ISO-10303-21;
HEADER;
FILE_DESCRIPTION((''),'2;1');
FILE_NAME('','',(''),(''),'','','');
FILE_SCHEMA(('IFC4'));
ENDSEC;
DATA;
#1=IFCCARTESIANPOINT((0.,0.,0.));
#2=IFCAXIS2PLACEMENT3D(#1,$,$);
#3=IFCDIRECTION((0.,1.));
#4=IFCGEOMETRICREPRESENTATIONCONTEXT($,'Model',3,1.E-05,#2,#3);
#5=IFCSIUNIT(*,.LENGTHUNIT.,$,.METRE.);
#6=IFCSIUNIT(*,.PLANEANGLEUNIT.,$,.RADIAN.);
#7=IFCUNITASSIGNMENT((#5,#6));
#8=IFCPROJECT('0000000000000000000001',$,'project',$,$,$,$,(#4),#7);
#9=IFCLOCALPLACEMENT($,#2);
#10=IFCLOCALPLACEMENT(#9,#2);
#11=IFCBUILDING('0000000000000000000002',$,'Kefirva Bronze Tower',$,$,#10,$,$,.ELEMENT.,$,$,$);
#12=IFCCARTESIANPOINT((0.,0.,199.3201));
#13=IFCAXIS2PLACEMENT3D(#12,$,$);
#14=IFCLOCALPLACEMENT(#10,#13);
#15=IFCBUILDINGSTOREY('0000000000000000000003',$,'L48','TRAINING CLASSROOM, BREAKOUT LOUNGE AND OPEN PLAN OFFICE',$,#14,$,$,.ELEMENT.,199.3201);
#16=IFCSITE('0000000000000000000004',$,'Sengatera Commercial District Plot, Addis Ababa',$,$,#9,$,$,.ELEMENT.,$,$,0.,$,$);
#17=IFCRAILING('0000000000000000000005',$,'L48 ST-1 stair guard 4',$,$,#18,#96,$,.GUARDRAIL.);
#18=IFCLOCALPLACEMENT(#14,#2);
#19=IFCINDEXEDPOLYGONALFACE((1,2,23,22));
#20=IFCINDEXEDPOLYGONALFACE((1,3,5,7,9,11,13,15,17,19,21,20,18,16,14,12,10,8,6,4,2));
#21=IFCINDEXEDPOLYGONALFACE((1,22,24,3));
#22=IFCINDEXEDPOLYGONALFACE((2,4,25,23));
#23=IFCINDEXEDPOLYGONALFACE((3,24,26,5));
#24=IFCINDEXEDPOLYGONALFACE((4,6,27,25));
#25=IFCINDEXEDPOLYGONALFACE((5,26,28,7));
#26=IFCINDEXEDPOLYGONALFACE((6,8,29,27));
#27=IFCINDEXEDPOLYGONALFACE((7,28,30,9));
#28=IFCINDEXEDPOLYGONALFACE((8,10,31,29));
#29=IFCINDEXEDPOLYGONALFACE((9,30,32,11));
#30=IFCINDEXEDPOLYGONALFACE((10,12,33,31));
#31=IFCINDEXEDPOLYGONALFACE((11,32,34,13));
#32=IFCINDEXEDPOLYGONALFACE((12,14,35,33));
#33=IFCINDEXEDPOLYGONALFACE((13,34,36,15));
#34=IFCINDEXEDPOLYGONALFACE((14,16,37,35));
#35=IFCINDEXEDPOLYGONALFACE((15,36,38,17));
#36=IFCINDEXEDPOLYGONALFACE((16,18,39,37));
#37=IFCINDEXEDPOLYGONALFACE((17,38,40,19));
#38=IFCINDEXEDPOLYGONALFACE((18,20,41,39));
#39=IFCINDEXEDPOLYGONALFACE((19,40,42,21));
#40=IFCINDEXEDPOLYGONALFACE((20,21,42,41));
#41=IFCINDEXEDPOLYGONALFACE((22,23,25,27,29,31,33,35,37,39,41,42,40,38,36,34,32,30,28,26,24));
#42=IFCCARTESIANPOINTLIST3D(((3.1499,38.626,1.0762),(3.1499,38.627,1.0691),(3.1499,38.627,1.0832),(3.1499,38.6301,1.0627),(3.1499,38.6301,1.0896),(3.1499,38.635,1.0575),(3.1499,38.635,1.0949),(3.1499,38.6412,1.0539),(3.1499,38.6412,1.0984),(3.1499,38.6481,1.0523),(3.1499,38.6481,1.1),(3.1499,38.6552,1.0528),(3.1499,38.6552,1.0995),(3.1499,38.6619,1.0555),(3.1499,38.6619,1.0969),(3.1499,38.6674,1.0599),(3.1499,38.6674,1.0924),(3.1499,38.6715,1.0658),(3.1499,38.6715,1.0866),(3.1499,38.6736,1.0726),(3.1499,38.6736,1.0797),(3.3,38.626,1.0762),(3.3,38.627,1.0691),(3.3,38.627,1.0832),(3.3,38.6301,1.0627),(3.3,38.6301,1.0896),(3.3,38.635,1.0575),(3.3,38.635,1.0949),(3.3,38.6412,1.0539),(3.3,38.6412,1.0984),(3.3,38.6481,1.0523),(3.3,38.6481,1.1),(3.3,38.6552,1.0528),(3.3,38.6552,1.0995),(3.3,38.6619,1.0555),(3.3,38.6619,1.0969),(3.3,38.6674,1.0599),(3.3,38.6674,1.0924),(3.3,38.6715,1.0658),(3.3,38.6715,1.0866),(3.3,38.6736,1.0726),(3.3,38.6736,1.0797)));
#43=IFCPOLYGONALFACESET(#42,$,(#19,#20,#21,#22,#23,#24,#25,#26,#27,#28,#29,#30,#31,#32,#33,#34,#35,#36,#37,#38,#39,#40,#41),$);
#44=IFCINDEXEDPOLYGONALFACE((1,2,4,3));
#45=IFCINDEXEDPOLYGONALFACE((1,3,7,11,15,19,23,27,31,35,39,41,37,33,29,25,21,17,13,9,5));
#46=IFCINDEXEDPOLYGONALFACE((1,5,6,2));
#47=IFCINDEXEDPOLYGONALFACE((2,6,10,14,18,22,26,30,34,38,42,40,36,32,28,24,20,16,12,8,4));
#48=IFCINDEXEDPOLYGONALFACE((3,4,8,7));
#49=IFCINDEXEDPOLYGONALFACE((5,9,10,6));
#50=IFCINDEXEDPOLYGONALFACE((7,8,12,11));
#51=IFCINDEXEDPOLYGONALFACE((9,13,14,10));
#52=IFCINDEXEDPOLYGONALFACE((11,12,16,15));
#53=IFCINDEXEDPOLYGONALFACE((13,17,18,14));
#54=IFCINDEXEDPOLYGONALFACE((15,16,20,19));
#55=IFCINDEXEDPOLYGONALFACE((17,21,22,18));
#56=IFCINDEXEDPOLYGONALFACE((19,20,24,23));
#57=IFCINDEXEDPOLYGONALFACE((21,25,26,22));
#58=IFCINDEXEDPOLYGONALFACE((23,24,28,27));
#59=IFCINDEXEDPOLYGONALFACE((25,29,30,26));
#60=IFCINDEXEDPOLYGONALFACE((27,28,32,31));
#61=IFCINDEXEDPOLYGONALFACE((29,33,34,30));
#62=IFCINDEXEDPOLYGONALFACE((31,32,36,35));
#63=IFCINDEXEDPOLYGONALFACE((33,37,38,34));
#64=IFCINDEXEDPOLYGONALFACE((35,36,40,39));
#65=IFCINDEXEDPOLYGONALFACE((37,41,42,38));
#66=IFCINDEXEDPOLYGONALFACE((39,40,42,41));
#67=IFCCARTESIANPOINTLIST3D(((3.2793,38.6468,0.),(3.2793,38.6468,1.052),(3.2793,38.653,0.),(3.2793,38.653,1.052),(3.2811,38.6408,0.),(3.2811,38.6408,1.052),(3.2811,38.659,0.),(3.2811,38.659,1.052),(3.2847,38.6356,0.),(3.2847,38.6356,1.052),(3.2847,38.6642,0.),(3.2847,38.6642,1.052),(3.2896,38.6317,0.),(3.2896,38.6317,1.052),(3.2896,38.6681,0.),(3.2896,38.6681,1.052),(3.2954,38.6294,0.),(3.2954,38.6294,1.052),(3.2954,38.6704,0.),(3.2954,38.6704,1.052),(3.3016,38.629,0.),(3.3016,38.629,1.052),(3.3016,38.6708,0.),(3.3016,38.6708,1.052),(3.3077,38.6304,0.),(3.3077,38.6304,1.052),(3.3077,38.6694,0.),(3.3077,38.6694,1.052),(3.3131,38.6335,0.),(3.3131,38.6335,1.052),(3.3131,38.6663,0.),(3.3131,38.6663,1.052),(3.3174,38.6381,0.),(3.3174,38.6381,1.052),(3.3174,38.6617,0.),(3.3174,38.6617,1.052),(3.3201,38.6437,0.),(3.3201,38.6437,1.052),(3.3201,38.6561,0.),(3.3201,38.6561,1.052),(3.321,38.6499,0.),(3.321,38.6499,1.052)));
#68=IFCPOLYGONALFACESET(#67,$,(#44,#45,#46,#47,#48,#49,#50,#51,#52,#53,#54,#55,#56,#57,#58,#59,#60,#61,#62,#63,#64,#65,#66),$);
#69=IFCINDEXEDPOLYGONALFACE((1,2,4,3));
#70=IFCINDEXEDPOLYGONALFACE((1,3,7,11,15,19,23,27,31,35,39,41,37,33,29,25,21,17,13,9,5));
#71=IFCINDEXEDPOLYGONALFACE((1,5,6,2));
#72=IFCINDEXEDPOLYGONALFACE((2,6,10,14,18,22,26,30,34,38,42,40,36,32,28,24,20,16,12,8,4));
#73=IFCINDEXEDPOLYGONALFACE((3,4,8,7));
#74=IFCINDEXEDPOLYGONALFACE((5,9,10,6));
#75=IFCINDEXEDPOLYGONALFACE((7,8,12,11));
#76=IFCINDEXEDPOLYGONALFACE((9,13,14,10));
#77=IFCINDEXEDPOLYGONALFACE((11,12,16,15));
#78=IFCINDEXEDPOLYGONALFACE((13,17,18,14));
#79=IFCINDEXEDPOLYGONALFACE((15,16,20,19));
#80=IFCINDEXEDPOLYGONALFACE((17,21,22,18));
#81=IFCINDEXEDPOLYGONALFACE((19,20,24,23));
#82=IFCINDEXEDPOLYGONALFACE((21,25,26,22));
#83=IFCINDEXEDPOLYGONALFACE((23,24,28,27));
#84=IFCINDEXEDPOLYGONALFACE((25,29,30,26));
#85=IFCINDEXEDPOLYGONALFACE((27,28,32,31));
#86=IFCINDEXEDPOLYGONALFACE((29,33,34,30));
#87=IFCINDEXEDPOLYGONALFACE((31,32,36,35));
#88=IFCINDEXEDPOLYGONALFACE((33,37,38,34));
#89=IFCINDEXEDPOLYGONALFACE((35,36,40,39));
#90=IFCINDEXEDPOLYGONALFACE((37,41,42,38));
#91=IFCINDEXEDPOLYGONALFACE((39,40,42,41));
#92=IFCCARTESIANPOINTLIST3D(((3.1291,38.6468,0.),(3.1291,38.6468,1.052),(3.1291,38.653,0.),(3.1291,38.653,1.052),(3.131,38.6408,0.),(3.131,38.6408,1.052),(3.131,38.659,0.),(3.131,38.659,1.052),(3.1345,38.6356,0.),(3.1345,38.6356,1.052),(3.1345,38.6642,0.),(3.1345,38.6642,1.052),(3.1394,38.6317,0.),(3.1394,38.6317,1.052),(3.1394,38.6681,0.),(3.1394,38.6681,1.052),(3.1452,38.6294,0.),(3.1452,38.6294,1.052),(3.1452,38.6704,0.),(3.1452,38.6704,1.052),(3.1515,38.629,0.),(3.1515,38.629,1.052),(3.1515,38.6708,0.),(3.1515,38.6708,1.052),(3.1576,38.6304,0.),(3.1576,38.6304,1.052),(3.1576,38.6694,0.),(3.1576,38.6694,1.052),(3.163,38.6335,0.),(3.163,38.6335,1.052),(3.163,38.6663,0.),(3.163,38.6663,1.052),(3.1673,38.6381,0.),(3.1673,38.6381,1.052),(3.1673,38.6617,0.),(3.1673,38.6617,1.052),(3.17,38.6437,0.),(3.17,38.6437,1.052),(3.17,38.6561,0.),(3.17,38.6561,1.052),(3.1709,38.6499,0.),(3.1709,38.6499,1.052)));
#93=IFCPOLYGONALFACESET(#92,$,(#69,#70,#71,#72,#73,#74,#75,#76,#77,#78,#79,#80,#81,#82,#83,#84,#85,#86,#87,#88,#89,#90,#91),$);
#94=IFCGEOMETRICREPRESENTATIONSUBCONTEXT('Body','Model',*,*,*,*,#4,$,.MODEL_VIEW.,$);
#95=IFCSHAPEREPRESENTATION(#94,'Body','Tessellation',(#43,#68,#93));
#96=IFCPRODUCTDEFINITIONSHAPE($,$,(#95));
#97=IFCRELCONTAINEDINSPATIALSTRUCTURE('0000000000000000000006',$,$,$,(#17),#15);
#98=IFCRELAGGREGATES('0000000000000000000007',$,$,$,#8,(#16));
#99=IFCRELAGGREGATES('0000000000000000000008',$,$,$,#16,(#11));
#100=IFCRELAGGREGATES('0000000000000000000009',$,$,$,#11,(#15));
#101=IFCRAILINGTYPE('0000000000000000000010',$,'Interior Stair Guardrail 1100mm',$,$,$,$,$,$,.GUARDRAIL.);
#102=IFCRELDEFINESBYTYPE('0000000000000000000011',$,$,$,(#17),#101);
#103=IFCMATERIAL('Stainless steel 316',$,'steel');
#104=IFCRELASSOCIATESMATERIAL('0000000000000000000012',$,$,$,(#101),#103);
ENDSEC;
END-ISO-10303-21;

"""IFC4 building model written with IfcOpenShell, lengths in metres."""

from ifc_helpers import new_model, si_unit, direction, frame, origin, origin_2d, place, context, subcontext, project, spatial, circle, extrude, material, type_object, element, save


model = new_model("IFC4")

# Units and contexts
model_context = context("Model", 3, precision=1e-05, world=origin(), true_north=direction((0.0, 1.0)))
body_context = subcontext(model_context, "Body", "Model", "MODEL_VIEW")
ifc_project = project(units=[si_unit("LENGTHUNIT", "METRE"), si_unit("PLANEANGLEUNIT", "RADIAN")], contexts=[model_context])

# Site, building, storey
site_placement = place(None, origin())
site = spatial("IfcSite", under=ifc_project, at=site_placement, Name="Sengatera Commercial District Plot, Addis Ababa", CompositionType="ELEMENT", RefElevation=0.0)
building_placement = place(site_placement, origin())
building = spatial("IfcBuilding", under=site, at=building_placement, Name="Kefirva Bronze Tower", CompositionType="ELEMENT")
storey_placement = place(building_placement, frame((0.0, 0.0, 199.3201)))
storey = spatial("IfcBuildingStorey", under=building, at=storey_placement, Name="L48", Description="TRAINING CLASSROOM, BREAKOUT LOUNGE AND OPEN PLAN OFFICE", CompositionType="ELEMENT", Elevation=199.3201)

# Railing
ifc_material_1 = material(Name="Stainless steel 316", Category="steel")
railing_type_1 = type_object("IfcRailingType", Name="Interior Stair Guardrail 1100mm", PredefinedType="GUARDRAIL", material=ifc_material_1)
railing_1_placement = place(storey_placement, frame((3.3, 38.6499, 0.0)))
element("IfcRailing", 1, at=railing_1_placement, inside=storey, type_object=railing_type_1, Name="L48 ST-1 stair guard 4", PredefinedType="GUARDRAIL", context=body_context, shape_type="SweptSolid", body=[
    extrude(circle(Radius=0.0239, at=origin_2d()), frame((0.0, 0.0, 1.0762), z_axis=(-1.0, 0.0, 0.0), x_axis=(0.0, -1.0, 0.0)), (0.0, 0.0, 1.0), 0.1501),
    extrude(circle(Radius=0.021, at=origin_2d()), origin(), (0.0, 0.0, 1.0), 1.052),
    extrude(circle(Radius=0.021, at=origin_2d()), frame((-0.1501, 0.0, 0.0)), (0.0, 0.0, 1.0), 1.052),
])

save(model, "model.ifc")
